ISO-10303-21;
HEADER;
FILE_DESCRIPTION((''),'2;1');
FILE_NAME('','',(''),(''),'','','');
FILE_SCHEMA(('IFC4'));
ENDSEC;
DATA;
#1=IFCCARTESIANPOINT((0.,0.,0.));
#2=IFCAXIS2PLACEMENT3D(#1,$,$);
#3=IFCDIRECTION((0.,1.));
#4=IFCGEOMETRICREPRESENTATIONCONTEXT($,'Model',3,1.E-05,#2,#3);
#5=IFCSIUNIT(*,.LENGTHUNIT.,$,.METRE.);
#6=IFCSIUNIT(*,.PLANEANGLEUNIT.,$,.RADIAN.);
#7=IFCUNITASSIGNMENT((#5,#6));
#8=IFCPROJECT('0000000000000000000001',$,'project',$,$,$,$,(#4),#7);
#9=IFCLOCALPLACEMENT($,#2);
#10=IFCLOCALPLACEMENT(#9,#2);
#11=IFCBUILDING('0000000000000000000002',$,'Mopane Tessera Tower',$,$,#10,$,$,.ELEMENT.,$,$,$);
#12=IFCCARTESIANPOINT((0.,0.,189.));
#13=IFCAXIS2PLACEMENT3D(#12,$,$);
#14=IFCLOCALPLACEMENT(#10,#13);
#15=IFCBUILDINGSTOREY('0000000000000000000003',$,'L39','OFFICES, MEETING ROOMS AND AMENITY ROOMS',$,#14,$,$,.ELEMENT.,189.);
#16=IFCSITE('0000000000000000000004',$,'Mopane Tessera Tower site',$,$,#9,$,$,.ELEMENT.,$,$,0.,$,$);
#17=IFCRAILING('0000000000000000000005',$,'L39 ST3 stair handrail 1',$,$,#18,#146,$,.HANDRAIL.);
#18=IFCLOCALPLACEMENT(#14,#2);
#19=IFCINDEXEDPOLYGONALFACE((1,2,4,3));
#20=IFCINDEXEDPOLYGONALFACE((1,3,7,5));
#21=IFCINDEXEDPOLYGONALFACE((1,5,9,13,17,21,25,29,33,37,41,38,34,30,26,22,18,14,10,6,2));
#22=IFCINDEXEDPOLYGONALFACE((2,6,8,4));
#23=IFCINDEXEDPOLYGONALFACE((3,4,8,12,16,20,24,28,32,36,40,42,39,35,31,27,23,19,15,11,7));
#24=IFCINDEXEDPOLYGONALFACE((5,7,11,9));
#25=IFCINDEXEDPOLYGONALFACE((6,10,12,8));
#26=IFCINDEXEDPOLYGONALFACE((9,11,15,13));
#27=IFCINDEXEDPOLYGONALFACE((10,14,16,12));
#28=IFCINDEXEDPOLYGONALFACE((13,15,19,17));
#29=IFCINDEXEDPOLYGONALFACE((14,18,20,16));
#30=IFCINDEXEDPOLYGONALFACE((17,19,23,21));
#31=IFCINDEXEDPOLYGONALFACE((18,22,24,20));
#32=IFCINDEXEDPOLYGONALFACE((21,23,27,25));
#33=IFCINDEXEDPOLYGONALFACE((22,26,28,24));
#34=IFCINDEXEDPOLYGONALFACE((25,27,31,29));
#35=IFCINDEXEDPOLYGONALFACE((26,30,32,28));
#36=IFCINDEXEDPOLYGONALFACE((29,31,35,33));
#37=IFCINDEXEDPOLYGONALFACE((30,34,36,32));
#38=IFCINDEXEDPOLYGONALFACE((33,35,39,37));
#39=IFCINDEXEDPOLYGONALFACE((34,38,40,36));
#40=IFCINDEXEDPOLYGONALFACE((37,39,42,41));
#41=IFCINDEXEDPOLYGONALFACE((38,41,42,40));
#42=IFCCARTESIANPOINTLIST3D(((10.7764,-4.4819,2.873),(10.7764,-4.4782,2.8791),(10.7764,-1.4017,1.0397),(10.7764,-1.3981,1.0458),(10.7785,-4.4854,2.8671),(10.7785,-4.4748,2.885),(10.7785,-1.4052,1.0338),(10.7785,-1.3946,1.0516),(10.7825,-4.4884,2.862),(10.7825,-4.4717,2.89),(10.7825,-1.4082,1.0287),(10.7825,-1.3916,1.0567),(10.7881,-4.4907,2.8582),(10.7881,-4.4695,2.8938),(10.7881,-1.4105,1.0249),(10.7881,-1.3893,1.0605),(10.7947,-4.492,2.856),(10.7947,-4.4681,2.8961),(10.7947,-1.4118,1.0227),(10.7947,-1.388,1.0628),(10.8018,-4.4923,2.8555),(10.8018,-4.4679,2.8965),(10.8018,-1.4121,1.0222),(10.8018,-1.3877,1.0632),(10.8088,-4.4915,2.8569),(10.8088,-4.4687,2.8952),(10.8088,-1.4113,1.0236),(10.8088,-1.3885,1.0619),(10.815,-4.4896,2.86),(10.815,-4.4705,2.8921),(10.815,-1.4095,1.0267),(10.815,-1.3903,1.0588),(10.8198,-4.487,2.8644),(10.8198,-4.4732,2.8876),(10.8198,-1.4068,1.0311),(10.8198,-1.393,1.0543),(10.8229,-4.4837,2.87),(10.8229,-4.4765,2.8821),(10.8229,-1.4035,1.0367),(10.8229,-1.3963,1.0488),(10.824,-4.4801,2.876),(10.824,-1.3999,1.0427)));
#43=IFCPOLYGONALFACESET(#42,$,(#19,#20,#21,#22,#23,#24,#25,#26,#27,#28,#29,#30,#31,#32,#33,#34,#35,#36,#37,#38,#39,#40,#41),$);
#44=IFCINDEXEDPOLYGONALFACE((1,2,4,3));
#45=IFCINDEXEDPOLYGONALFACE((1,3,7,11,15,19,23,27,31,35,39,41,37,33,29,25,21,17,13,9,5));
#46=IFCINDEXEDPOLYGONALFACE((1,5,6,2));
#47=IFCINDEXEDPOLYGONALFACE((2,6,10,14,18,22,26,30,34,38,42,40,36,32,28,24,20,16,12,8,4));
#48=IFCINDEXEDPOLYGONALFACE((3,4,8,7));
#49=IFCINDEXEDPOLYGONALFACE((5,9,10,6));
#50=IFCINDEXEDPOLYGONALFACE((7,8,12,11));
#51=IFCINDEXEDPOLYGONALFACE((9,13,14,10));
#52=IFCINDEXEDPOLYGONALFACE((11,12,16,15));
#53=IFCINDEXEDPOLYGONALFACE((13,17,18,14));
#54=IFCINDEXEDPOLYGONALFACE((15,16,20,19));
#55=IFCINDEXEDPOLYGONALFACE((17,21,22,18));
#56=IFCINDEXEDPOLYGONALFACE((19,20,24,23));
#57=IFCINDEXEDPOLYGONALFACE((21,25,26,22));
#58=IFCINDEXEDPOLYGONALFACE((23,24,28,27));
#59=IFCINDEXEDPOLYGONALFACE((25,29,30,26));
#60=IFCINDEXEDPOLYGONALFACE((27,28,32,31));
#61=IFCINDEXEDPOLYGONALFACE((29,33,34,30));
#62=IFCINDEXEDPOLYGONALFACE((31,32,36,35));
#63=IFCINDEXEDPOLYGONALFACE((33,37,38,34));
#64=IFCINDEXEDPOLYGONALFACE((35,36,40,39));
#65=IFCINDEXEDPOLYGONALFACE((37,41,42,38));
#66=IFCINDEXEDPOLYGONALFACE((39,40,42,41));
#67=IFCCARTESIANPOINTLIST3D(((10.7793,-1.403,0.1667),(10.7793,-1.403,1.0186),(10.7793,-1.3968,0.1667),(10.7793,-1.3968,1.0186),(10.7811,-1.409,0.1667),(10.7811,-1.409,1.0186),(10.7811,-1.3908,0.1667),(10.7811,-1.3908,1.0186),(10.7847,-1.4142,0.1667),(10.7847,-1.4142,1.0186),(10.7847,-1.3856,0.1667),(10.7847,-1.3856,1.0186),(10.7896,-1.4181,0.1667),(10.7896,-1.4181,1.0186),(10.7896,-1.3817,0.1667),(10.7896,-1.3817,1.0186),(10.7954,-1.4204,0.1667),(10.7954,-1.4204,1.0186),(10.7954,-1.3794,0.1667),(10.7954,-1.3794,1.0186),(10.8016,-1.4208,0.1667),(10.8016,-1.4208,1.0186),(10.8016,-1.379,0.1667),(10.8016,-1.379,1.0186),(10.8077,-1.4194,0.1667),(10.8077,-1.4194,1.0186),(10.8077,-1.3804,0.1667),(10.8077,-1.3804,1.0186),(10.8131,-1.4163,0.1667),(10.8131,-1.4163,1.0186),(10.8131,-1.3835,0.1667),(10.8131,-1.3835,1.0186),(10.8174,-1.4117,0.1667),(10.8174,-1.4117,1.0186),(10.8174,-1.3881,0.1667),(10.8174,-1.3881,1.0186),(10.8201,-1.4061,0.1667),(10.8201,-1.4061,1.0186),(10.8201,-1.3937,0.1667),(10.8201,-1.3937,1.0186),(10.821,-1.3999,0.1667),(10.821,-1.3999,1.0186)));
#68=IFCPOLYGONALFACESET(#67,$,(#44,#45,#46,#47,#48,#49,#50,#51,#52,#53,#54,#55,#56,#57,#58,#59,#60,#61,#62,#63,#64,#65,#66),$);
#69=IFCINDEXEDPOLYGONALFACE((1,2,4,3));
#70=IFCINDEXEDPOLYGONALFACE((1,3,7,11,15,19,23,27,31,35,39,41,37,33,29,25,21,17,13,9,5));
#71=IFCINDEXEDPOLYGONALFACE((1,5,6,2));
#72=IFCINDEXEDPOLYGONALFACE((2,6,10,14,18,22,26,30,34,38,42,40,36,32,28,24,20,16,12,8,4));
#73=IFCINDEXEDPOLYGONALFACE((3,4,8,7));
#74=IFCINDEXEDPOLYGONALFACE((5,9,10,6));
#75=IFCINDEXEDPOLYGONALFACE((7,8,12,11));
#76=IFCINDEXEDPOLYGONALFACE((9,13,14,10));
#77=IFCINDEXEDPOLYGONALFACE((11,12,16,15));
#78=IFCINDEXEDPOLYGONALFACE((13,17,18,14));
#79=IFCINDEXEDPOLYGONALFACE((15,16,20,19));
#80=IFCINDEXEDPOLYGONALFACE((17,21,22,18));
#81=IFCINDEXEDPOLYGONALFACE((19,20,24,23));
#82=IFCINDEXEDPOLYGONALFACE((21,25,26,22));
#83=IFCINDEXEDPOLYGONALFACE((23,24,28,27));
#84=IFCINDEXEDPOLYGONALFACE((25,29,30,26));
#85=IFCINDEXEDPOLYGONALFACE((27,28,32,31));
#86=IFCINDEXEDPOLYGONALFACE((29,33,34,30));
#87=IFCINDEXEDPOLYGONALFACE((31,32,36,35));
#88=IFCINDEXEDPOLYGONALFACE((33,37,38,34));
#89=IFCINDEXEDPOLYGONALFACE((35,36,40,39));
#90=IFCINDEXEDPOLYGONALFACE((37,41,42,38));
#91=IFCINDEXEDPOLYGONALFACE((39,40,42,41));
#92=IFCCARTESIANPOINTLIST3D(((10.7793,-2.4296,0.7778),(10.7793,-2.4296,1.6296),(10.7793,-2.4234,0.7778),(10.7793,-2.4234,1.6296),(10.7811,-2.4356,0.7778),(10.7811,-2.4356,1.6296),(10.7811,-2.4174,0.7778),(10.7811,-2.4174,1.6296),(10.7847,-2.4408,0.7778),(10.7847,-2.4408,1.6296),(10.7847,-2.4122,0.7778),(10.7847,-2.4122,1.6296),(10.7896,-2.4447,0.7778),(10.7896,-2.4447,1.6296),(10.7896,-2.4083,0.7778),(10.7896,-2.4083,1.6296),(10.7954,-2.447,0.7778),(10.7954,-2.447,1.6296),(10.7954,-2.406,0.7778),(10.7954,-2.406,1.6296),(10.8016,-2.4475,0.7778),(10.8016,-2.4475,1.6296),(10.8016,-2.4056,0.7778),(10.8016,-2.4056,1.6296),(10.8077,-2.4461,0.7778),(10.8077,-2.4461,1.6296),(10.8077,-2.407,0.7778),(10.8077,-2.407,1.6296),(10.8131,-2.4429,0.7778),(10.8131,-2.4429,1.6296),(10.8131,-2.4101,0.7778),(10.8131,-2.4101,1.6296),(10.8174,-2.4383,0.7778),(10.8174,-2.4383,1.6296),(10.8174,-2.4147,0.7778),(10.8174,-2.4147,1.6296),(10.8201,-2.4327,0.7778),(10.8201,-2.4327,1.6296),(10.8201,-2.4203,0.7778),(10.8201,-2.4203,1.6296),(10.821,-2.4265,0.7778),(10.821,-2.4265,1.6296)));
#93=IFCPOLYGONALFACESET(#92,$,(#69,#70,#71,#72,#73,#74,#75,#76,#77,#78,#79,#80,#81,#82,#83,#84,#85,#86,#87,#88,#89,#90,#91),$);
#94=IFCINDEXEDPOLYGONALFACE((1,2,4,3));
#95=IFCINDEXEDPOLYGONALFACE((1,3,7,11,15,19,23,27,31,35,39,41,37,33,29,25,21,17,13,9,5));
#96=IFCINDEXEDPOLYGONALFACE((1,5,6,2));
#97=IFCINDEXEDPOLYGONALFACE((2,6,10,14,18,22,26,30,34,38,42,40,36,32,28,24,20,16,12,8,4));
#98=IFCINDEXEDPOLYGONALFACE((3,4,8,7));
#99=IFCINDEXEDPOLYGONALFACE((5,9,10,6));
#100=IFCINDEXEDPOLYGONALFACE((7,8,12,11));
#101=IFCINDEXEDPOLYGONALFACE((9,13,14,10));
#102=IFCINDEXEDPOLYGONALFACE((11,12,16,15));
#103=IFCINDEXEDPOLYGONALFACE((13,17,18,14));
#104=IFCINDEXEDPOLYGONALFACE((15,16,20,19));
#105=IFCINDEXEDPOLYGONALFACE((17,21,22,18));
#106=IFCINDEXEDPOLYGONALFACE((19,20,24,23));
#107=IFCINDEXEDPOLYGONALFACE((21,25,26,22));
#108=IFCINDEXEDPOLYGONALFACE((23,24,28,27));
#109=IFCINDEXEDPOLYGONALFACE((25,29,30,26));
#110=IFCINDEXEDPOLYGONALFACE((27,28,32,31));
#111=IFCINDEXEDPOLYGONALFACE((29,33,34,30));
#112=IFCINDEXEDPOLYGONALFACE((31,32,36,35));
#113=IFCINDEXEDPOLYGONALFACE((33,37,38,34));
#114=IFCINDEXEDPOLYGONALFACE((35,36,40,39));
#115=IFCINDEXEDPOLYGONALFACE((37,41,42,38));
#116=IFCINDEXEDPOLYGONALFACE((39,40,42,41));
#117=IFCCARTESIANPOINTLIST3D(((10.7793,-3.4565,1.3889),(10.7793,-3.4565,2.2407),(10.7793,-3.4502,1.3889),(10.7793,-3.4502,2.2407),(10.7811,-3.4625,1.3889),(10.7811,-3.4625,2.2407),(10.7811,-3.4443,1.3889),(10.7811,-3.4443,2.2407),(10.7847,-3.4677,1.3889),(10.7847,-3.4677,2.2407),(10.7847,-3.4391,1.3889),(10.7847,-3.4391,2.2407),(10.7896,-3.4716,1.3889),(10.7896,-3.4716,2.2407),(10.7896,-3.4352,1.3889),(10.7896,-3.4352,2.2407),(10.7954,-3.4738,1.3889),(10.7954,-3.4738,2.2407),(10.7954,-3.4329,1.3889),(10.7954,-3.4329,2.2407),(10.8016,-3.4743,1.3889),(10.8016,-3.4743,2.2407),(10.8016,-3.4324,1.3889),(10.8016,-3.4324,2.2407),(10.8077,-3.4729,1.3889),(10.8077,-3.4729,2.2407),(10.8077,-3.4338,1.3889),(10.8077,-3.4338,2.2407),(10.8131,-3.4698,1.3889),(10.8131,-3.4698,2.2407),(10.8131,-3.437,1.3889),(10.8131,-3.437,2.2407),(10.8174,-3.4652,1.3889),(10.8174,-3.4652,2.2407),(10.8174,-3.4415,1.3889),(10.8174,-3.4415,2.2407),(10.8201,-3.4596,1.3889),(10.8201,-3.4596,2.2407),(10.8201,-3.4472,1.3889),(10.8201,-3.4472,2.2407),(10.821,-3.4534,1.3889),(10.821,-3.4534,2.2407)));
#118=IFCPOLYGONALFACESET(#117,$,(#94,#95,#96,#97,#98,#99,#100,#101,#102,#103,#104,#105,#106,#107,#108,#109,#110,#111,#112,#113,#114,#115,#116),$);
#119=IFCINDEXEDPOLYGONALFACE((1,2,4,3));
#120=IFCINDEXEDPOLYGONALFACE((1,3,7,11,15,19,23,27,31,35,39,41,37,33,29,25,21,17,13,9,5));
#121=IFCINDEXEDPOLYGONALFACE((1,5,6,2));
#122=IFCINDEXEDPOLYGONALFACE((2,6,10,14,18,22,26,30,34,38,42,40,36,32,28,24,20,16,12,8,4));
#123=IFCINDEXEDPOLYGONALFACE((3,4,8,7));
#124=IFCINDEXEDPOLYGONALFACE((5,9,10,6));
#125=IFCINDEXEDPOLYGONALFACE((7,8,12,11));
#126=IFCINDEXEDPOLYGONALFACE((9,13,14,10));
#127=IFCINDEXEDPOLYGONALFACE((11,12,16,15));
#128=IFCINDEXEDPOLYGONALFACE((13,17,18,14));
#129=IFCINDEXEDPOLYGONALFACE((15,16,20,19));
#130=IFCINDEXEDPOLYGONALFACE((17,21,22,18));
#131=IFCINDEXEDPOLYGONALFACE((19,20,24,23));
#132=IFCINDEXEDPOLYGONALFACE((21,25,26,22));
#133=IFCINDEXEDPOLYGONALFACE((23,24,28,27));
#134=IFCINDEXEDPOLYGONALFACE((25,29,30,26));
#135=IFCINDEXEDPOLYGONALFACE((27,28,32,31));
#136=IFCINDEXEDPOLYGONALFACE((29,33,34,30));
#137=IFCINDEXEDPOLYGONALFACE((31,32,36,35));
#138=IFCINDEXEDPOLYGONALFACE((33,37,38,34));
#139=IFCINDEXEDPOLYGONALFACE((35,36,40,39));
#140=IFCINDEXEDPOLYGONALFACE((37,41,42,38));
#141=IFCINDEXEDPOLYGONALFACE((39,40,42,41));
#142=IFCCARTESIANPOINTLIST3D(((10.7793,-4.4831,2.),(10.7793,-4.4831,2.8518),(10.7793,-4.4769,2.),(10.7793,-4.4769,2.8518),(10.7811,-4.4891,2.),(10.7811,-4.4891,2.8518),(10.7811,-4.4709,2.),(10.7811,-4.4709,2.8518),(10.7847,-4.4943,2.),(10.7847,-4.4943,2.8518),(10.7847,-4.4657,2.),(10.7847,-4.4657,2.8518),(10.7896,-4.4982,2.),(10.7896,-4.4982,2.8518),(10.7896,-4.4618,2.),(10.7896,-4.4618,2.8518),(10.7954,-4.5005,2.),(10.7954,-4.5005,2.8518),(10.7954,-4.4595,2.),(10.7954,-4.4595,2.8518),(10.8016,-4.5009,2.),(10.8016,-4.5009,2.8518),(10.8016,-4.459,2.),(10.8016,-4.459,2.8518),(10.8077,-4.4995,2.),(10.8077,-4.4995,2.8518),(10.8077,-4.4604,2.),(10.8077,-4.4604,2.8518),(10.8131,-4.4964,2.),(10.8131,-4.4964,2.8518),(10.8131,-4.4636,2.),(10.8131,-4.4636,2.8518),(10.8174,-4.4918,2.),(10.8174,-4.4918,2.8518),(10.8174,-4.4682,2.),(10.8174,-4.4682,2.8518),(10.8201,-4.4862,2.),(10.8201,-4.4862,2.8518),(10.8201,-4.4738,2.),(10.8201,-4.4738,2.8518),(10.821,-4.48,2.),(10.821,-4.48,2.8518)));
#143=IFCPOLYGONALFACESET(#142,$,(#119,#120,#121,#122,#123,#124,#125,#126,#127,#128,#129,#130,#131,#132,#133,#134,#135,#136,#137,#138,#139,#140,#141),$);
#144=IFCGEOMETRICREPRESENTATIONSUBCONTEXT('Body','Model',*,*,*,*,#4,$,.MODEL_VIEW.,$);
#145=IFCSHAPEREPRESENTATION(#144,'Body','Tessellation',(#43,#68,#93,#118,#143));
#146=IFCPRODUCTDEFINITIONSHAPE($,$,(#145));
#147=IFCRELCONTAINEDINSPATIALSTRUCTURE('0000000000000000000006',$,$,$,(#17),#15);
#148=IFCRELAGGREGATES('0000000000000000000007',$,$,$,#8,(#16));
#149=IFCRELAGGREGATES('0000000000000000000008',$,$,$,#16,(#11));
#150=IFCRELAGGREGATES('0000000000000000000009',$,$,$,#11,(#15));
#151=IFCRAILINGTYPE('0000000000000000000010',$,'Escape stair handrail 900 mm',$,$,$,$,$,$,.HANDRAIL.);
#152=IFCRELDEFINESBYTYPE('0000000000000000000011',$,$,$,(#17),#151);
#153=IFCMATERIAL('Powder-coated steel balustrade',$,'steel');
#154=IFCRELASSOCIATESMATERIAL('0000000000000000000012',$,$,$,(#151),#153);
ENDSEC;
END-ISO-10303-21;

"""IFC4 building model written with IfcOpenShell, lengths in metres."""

from ifc_helpers import new_model, si_unit, direction, frame, origin, origin_2d, place, context, subcontext, project, spatial, circle, extrude, material, type_object, element, save


model = new_model("IFC4")

# Units and contexts
model_context = context("Model", 3, precision=1e-05, world=origin(), true_north=direction((0.0, 1.0)))
body_context = subcontext(model_context, "Body", "Model", "MODEL_VIEW")
ifc_project = project(units=[si_unit("LENGTHUNIT", "METRE"), si_unit("PLANEANGLEUNIT", "RADIAN")], contexts=[model_context])

# Site, building, storey
site_placement = place(None, origin())
site = spatial("IfcSite", under=ifc_project, at=site_placement, Name="Mopane Tessera Tower site", CompositionType="ELEMENT", RefElevation=0.0)
building_placement = place(site_placement, origin())
building = spatial("IfcBuilding", under=site, at=building_placement, Name="Mopane Tessera Tower", CompositionType="ELEMENT")
storey_placement = place(building_placement, frame((0.0, 0.0, 189.0)))
storey = spatial("IfcBuildingStorey", under=building, at=storey_placement, Name="L39", Description="OFFICES, MEETING ROOMS AND AMENITY ROOMS", CompositionType="ELEMENT", Elevation=189.0)

# Railing
ifc_material_1 = material(Name="Powder-coated steel balustrade", Category="steel")
railing_type_1 = type_object("IfcRailingType", Name="Escape stair handrail 900 mm", PredefinedType="HANDRAIL", material=ifc_material_1)
railing_1_placement = place(storey_placement, frame((10.8, -1.3999, 0.1667)))
element("IfcRailing", 1, at=railing_1_placement, inside=storey, type_object=railing_type_1, Name="L39 ST3 stair handrail 1", PredefinedType="HANDRAIL", context=body_context, shape_type="SweptSolid", body=[
    extrude(circle(Radius=0.0239, at=origin_2d()), frame((0.0, 0.0, 0.876), z_axis=(0.0, -0.859309, 0.511458), x_axis=(1.0, 0.0, 0.0)), (0.0, 0.0, 1.0), 3.5845),
    extrude(circle(Radius=0.021, at=origin_2d()), origin(), (0.0, 0.0, 1.0), 0.8518),
    extrude(circle(Radius=0.021, at=origin_2d()), frame((0.0, -1.0266, 0.6111)), (0.0, 0.0, 1.0), 0.8518),
    extrude(circle(Radius=0.021, at=origin_2d()), frame((0.0, -2.0535, 1.2222)), (0.0, 0.0, 1.0), 0.8518),
    extrude(circle(Radius=0.021, at=origin_2d()), frame((0.0, -3.0801, 1.8333)), (0.0, 0.0, 1.0), 0.8518),
])

save(model, "model.ifc")
